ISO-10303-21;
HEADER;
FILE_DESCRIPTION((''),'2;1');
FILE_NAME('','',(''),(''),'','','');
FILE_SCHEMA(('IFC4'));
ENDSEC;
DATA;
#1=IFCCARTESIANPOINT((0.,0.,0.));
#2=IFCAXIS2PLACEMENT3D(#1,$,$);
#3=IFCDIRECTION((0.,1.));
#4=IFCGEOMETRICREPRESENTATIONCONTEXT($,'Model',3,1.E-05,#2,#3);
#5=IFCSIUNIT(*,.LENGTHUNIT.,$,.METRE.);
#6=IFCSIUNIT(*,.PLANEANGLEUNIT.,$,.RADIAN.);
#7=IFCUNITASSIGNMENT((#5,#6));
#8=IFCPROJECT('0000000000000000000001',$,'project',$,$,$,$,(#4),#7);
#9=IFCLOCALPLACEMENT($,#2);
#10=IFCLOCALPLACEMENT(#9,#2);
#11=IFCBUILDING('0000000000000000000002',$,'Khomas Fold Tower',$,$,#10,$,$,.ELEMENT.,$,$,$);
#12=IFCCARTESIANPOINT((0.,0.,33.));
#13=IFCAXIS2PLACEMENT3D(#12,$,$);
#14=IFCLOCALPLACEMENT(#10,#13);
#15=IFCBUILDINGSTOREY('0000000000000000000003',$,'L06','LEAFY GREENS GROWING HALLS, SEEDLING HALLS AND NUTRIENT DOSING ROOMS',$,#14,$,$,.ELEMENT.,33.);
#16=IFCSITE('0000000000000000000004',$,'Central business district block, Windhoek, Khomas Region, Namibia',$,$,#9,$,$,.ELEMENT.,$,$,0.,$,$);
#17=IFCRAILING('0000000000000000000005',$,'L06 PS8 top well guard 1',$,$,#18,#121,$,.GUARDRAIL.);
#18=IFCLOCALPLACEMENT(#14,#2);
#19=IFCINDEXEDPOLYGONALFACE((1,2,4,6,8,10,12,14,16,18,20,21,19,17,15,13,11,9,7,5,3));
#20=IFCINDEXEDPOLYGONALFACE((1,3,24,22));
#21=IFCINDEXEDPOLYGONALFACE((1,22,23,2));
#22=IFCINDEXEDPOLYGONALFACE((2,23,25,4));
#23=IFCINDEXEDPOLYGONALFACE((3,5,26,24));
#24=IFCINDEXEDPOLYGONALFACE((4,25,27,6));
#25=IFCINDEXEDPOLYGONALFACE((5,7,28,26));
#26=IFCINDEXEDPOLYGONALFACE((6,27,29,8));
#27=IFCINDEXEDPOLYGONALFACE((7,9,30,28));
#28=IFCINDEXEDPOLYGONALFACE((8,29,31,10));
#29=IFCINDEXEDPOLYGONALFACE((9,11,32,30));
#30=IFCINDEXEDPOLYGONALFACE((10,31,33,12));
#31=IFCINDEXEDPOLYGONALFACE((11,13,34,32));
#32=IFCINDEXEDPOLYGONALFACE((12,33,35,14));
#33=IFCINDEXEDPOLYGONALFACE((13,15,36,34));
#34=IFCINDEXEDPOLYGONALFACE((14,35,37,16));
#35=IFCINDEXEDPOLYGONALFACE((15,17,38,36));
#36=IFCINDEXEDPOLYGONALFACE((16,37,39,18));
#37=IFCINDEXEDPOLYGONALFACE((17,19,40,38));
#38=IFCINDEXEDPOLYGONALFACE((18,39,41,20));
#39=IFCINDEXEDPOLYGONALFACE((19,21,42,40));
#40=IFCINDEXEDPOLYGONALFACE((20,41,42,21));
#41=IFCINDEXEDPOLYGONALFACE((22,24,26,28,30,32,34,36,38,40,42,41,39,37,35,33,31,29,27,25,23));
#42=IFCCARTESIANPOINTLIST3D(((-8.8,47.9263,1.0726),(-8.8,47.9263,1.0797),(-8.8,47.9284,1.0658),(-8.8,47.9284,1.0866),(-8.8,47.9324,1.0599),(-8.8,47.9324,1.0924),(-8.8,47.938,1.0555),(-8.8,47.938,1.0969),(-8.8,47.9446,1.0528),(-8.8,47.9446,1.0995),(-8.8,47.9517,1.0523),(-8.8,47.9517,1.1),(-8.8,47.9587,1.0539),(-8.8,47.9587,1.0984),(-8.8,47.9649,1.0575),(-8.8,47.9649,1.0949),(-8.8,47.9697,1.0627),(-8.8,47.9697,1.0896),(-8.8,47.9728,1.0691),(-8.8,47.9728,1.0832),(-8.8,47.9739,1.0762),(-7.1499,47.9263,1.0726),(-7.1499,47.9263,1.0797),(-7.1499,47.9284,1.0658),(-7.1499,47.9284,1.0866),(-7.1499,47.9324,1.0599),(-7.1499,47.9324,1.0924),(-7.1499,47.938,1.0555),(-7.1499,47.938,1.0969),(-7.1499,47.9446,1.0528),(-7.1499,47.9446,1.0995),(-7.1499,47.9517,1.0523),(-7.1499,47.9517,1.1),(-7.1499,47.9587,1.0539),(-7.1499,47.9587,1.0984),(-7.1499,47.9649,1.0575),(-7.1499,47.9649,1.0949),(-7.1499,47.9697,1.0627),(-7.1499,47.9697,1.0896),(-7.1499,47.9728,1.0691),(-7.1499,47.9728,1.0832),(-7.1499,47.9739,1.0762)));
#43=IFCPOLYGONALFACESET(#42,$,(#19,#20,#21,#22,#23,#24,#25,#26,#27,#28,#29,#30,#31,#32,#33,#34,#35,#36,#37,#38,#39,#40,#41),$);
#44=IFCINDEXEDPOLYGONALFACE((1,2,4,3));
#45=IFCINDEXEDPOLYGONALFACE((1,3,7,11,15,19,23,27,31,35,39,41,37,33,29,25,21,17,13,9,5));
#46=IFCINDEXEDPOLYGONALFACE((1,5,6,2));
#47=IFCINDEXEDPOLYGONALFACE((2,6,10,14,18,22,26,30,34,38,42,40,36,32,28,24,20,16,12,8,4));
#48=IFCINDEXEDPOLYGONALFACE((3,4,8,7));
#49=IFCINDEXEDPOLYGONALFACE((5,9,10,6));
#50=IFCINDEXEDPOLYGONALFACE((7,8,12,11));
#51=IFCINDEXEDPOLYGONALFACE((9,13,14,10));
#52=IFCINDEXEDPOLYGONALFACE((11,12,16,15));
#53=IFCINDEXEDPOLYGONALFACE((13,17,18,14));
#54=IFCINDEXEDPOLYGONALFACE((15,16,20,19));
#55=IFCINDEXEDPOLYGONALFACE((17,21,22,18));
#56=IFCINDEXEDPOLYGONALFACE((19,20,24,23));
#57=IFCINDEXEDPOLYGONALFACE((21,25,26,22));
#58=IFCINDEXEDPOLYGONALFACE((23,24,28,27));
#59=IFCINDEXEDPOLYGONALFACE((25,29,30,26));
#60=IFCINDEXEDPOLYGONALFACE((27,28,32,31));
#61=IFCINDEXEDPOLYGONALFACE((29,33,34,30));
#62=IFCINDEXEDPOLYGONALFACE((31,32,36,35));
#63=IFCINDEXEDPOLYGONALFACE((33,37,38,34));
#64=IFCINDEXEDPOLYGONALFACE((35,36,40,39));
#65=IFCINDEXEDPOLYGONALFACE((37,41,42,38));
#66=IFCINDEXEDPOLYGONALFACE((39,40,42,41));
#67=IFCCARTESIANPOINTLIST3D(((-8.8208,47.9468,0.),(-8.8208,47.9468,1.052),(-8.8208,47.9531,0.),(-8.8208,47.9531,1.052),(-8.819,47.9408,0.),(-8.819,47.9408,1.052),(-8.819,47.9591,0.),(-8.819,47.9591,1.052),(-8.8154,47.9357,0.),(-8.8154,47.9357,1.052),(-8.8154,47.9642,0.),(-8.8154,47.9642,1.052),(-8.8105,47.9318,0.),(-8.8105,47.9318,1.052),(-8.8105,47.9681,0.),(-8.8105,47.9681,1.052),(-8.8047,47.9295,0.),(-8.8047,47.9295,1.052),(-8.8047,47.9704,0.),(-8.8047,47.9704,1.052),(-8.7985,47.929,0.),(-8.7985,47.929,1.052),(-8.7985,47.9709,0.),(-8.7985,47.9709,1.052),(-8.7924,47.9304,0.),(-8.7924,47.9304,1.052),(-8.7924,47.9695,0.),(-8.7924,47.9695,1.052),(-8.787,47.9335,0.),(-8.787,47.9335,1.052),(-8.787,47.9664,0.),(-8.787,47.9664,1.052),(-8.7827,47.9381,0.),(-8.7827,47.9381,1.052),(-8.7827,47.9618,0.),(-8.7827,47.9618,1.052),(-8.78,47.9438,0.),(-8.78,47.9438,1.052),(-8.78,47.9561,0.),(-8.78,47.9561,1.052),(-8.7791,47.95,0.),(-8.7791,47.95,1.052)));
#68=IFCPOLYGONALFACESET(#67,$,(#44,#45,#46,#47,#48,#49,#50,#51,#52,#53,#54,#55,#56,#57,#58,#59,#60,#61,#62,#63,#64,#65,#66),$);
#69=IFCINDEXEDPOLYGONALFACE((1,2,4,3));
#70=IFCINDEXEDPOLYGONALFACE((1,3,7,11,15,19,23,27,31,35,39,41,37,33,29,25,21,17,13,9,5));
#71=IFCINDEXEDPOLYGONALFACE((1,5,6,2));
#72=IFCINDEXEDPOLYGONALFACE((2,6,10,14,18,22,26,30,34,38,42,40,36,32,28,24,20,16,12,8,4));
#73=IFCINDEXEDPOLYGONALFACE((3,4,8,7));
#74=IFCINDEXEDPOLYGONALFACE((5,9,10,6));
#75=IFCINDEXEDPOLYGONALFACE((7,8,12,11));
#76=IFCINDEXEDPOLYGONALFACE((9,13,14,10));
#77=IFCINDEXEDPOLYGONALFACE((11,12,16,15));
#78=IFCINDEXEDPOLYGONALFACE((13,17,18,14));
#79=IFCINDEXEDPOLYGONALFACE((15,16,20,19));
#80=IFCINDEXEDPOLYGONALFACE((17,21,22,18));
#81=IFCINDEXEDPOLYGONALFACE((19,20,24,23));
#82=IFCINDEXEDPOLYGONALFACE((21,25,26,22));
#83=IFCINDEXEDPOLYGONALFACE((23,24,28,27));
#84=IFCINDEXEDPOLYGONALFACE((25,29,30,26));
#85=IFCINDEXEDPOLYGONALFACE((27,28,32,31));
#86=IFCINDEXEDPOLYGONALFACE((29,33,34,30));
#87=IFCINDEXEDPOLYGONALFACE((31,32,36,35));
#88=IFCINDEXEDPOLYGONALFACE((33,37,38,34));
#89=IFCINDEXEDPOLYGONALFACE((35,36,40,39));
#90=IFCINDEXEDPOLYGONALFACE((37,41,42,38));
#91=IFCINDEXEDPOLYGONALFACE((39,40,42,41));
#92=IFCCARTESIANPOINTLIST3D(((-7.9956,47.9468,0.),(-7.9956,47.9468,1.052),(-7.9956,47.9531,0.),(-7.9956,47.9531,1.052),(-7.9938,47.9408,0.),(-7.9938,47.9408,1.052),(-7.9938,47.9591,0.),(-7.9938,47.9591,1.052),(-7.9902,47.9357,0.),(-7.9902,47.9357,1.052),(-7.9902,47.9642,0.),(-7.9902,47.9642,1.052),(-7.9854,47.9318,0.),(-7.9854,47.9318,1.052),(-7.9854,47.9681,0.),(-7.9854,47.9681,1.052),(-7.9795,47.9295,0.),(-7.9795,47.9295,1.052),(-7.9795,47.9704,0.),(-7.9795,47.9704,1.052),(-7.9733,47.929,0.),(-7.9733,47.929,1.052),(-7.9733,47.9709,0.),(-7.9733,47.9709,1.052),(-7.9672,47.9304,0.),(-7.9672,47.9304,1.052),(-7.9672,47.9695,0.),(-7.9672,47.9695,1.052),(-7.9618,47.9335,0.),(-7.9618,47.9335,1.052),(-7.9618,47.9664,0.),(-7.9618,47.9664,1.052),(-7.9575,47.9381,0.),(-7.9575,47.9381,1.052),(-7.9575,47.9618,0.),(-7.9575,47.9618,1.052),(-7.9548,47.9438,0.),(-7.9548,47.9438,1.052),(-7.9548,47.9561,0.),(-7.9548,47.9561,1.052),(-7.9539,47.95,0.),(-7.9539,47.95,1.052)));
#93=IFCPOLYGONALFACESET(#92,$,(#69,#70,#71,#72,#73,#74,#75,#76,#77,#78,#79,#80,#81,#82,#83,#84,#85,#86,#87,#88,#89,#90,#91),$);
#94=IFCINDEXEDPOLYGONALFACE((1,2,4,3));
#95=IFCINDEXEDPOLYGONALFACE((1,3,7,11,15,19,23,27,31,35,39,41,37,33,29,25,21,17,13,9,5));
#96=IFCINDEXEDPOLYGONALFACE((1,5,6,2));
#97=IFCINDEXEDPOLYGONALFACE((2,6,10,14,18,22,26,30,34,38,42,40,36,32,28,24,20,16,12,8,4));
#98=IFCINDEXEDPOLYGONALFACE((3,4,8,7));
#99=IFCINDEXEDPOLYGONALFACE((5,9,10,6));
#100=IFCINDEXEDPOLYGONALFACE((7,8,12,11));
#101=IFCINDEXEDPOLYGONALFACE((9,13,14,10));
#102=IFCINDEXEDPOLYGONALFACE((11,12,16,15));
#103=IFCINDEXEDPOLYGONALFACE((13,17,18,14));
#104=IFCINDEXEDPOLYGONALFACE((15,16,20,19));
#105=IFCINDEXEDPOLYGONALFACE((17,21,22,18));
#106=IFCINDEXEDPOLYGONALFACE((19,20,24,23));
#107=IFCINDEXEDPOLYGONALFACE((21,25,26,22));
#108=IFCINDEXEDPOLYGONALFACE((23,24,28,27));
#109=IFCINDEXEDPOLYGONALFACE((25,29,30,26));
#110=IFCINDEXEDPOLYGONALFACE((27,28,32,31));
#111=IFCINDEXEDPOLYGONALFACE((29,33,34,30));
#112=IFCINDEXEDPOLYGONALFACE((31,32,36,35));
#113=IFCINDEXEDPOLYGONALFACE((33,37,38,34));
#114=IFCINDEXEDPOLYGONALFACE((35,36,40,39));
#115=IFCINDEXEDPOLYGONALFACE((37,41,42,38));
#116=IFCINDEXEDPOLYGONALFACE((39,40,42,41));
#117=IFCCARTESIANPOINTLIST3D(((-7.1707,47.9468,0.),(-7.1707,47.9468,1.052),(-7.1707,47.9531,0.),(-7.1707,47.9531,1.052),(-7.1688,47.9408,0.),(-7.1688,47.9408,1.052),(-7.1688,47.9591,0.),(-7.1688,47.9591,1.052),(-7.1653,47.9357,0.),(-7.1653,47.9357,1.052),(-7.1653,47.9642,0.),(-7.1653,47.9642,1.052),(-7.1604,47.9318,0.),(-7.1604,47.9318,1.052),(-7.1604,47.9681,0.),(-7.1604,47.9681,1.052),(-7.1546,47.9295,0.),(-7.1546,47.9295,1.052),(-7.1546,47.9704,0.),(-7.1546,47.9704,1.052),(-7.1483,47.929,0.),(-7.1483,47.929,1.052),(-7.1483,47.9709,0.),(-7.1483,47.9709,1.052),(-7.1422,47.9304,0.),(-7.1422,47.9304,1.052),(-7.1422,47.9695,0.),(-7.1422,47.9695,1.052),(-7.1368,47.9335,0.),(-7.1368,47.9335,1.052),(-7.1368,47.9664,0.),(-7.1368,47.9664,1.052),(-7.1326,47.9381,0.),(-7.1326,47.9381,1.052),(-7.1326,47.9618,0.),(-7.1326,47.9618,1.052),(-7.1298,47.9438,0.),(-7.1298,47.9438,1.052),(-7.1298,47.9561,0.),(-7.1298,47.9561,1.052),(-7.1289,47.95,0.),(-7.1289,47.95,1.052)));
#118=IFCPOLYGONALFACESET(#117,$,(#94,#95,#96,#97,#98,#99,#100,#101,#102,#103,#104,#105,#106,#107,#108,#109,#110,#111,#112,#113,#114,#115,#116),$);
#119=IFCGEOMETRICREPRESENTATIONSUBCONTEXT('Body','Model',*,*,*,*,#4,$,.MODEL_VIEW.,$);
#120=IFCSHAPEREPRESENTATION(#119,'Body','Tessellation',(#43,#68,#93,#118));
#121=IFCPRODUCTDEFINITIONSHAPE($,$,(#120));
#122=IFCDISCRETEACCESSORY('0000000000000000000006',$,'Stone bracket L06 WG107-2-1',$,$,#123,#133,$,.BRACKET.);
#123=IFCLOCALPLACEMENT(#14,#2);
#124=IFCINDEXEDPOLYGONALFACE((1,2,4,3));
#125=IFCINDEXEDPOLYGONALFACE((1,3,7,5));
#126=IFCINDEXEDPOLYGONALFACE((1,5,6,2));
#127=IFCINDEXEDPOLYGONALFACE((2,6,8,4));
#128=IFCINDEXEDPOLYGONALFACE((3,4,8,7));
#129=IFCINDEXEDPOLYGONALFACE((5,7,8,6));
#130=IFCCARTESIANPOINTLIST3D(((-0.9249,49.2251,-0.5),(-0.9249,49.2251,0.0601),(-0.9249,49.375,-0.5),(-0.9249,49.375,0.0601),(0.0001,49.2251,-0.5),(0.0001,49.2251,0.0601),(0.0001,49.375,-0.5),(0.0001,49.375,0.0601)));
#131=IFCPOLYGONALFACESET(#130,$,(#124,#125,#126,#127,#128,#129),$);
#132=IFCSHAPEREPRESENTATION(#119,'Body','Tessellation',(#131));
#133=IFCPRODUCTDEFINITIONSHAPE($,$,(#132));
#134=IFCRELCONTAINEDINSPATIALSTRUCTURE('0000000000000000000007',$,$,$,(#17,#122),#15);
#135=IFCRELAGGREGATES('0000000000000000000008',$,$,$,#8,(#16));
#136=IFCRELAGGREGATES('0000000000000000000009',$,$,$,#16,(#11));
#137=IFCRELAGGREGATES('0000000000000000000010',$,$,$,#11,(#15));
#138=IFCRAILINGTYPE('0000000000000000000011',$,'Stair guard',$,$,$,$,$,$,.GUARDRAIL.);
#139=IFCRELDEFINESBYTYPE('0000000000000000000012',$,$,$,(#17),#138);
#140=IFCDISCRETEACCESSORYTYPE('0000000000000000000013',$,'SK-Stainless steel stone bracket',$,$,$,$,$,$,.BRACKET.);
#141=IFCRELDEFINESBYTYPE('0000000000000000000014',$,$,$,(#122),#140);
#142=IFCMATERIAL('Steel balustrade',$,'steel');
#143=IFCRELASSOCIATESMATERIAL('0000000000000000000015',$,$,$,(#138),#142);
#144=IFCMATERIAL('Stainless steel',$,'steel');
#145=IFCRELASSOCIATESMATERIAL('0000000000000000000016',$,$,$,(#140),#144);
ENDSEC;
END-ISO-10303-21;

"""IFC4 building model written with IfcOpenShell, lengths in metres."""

from ifc_helpers import new_model, si_unit, direction, frame, origin, origin_2d, place, context, subcontext, project, spatial, rectangle, circle, extrude, source, transform, mapped, material, type_object, element, save


model = new_model("IFC4")

# Units and contexts
model_context = context("Model", 3, precision=1e-05, world=origin(), true_north=direction((0.0, 1.0)))
body_context = subcontext(model_context, "Body", "Model", "MODEL_VIEW")
ifc_project = project(units=[si_unit("LENGTHUNIT", "METRE"), si_unit("PLANEANGLEUNIT", "RADIAN")], contexts=[model_context])

# Site, building, storey
site_placement = place(None, origin())
site = spatial("IfcSite", under=ifc_project, at=site_placement, Name="Central business district block, Windhoek, Khomas Region, Namibia", CompositionType="ELEMENT", RefElevation=0.0)
building_placement = place(site_placement, origin())
building = spatial("IfcBuilding", under=site, at=building_placement, Name="Khomas Fold Tower", CompositionType="ELEMENT")
storey_placement = place(building_placement, frame((0.0, 0.0, 33.0)))
storey = spatial("IfcBuildingStorey", under=building, at=storey_placement, Name="L06", Description="LEAFY GREENS GROWING HALLS, SEEDLING HALLS AND NUTRIENT DOSING ROOMS", CompositionType="ELEMENT", Elevation=33.0)

# Railing
ifc_material_1 = material(Name="Steel balustrade", Category="steel")
railing_type_1 = type_object("IfcRailingType", Name="Stair guard", PredefinedType="GUARDRAIL", material=ifc_material_1)
shared_shape_1 = source(origin(), body_context, "Body", "SweptSolid", [
    extrude(circle(Radius=0.0239, at=origin_2d()), frame((0.0, 0.0, 1.0762), z_axis=(1.0, 0.0, 0.0), x_axis=(0.0, 1.0, 0.0)), (0.0, 0.0, 1.0), 1.6501),
    extrude(circle(Radius=0.021, at=origin_2d()), origin(), (0.0, 0.0, 1.0), 1.052),
    extrude(circle(Radius=0.021, at=origin_2d()), frame((0.8252, 0.0, 0.0)), (0.0, 0.0, 1.0), 1.052),
    extrude(circle(Radius=0.021, at=origin_2d()), frame((1.6501, 0.0, 0.0)), (0.0, 0.0, 1.0), 1.052),
])
railing_1_placement = place(storey_placement, frame((-8.8, 47.95, 0.0)))
element("IfcRailing", 1, at=railing_1_placement, inside=storey, type_object=railing_type_1, Name="L06 PS8 top well guard 1", PredefinedType="GUARDRAIL", context=body_context, shape_type="MappedRepresentation", body=[
    mapped(shared_shape_1, transform((0.0, 0.0, 0.0))),
])

# Discrete accessory
ifc_material_2 = material(Name="Stainless steel", Category="steel")
discrete_accessory_type = type_object("IfcDiscreteAccessoryType", Name="SK-Stainless steel stone bracket", PredefinedType="BRACKET", material=ifc_material_2)
shared_shape_2 = source(origin(), body_context, "Body", "SweptSolid", [
    extrude(rectangle(XDim=0.925, YDim=0.1499, at=origin_2d()), origin(), (0.0, 0.0, 1.0), 0.5601),
])
discrete_accessory_placement = place(storey_placement, frame((-0.4624, 49.3, -0.5), z_axis=(0.0, 0.0, 1.0), x_axis=(-1.0, 0.0, 0.0)))
element("IfcDiscreteAccessory", 2, at=discrete_accessory_placement, inside=storey, type_object=discrete_accessory_type, Name="Stone bracket L06 WG107-2-1", PredefinedType="BRACKET", context=body_context, shape_type="MappedRepresentation", body=[
    mapped(shared_shape_2, transform((0.0, 0.0, 0.0))),
])

save(model, "model.ifc")
